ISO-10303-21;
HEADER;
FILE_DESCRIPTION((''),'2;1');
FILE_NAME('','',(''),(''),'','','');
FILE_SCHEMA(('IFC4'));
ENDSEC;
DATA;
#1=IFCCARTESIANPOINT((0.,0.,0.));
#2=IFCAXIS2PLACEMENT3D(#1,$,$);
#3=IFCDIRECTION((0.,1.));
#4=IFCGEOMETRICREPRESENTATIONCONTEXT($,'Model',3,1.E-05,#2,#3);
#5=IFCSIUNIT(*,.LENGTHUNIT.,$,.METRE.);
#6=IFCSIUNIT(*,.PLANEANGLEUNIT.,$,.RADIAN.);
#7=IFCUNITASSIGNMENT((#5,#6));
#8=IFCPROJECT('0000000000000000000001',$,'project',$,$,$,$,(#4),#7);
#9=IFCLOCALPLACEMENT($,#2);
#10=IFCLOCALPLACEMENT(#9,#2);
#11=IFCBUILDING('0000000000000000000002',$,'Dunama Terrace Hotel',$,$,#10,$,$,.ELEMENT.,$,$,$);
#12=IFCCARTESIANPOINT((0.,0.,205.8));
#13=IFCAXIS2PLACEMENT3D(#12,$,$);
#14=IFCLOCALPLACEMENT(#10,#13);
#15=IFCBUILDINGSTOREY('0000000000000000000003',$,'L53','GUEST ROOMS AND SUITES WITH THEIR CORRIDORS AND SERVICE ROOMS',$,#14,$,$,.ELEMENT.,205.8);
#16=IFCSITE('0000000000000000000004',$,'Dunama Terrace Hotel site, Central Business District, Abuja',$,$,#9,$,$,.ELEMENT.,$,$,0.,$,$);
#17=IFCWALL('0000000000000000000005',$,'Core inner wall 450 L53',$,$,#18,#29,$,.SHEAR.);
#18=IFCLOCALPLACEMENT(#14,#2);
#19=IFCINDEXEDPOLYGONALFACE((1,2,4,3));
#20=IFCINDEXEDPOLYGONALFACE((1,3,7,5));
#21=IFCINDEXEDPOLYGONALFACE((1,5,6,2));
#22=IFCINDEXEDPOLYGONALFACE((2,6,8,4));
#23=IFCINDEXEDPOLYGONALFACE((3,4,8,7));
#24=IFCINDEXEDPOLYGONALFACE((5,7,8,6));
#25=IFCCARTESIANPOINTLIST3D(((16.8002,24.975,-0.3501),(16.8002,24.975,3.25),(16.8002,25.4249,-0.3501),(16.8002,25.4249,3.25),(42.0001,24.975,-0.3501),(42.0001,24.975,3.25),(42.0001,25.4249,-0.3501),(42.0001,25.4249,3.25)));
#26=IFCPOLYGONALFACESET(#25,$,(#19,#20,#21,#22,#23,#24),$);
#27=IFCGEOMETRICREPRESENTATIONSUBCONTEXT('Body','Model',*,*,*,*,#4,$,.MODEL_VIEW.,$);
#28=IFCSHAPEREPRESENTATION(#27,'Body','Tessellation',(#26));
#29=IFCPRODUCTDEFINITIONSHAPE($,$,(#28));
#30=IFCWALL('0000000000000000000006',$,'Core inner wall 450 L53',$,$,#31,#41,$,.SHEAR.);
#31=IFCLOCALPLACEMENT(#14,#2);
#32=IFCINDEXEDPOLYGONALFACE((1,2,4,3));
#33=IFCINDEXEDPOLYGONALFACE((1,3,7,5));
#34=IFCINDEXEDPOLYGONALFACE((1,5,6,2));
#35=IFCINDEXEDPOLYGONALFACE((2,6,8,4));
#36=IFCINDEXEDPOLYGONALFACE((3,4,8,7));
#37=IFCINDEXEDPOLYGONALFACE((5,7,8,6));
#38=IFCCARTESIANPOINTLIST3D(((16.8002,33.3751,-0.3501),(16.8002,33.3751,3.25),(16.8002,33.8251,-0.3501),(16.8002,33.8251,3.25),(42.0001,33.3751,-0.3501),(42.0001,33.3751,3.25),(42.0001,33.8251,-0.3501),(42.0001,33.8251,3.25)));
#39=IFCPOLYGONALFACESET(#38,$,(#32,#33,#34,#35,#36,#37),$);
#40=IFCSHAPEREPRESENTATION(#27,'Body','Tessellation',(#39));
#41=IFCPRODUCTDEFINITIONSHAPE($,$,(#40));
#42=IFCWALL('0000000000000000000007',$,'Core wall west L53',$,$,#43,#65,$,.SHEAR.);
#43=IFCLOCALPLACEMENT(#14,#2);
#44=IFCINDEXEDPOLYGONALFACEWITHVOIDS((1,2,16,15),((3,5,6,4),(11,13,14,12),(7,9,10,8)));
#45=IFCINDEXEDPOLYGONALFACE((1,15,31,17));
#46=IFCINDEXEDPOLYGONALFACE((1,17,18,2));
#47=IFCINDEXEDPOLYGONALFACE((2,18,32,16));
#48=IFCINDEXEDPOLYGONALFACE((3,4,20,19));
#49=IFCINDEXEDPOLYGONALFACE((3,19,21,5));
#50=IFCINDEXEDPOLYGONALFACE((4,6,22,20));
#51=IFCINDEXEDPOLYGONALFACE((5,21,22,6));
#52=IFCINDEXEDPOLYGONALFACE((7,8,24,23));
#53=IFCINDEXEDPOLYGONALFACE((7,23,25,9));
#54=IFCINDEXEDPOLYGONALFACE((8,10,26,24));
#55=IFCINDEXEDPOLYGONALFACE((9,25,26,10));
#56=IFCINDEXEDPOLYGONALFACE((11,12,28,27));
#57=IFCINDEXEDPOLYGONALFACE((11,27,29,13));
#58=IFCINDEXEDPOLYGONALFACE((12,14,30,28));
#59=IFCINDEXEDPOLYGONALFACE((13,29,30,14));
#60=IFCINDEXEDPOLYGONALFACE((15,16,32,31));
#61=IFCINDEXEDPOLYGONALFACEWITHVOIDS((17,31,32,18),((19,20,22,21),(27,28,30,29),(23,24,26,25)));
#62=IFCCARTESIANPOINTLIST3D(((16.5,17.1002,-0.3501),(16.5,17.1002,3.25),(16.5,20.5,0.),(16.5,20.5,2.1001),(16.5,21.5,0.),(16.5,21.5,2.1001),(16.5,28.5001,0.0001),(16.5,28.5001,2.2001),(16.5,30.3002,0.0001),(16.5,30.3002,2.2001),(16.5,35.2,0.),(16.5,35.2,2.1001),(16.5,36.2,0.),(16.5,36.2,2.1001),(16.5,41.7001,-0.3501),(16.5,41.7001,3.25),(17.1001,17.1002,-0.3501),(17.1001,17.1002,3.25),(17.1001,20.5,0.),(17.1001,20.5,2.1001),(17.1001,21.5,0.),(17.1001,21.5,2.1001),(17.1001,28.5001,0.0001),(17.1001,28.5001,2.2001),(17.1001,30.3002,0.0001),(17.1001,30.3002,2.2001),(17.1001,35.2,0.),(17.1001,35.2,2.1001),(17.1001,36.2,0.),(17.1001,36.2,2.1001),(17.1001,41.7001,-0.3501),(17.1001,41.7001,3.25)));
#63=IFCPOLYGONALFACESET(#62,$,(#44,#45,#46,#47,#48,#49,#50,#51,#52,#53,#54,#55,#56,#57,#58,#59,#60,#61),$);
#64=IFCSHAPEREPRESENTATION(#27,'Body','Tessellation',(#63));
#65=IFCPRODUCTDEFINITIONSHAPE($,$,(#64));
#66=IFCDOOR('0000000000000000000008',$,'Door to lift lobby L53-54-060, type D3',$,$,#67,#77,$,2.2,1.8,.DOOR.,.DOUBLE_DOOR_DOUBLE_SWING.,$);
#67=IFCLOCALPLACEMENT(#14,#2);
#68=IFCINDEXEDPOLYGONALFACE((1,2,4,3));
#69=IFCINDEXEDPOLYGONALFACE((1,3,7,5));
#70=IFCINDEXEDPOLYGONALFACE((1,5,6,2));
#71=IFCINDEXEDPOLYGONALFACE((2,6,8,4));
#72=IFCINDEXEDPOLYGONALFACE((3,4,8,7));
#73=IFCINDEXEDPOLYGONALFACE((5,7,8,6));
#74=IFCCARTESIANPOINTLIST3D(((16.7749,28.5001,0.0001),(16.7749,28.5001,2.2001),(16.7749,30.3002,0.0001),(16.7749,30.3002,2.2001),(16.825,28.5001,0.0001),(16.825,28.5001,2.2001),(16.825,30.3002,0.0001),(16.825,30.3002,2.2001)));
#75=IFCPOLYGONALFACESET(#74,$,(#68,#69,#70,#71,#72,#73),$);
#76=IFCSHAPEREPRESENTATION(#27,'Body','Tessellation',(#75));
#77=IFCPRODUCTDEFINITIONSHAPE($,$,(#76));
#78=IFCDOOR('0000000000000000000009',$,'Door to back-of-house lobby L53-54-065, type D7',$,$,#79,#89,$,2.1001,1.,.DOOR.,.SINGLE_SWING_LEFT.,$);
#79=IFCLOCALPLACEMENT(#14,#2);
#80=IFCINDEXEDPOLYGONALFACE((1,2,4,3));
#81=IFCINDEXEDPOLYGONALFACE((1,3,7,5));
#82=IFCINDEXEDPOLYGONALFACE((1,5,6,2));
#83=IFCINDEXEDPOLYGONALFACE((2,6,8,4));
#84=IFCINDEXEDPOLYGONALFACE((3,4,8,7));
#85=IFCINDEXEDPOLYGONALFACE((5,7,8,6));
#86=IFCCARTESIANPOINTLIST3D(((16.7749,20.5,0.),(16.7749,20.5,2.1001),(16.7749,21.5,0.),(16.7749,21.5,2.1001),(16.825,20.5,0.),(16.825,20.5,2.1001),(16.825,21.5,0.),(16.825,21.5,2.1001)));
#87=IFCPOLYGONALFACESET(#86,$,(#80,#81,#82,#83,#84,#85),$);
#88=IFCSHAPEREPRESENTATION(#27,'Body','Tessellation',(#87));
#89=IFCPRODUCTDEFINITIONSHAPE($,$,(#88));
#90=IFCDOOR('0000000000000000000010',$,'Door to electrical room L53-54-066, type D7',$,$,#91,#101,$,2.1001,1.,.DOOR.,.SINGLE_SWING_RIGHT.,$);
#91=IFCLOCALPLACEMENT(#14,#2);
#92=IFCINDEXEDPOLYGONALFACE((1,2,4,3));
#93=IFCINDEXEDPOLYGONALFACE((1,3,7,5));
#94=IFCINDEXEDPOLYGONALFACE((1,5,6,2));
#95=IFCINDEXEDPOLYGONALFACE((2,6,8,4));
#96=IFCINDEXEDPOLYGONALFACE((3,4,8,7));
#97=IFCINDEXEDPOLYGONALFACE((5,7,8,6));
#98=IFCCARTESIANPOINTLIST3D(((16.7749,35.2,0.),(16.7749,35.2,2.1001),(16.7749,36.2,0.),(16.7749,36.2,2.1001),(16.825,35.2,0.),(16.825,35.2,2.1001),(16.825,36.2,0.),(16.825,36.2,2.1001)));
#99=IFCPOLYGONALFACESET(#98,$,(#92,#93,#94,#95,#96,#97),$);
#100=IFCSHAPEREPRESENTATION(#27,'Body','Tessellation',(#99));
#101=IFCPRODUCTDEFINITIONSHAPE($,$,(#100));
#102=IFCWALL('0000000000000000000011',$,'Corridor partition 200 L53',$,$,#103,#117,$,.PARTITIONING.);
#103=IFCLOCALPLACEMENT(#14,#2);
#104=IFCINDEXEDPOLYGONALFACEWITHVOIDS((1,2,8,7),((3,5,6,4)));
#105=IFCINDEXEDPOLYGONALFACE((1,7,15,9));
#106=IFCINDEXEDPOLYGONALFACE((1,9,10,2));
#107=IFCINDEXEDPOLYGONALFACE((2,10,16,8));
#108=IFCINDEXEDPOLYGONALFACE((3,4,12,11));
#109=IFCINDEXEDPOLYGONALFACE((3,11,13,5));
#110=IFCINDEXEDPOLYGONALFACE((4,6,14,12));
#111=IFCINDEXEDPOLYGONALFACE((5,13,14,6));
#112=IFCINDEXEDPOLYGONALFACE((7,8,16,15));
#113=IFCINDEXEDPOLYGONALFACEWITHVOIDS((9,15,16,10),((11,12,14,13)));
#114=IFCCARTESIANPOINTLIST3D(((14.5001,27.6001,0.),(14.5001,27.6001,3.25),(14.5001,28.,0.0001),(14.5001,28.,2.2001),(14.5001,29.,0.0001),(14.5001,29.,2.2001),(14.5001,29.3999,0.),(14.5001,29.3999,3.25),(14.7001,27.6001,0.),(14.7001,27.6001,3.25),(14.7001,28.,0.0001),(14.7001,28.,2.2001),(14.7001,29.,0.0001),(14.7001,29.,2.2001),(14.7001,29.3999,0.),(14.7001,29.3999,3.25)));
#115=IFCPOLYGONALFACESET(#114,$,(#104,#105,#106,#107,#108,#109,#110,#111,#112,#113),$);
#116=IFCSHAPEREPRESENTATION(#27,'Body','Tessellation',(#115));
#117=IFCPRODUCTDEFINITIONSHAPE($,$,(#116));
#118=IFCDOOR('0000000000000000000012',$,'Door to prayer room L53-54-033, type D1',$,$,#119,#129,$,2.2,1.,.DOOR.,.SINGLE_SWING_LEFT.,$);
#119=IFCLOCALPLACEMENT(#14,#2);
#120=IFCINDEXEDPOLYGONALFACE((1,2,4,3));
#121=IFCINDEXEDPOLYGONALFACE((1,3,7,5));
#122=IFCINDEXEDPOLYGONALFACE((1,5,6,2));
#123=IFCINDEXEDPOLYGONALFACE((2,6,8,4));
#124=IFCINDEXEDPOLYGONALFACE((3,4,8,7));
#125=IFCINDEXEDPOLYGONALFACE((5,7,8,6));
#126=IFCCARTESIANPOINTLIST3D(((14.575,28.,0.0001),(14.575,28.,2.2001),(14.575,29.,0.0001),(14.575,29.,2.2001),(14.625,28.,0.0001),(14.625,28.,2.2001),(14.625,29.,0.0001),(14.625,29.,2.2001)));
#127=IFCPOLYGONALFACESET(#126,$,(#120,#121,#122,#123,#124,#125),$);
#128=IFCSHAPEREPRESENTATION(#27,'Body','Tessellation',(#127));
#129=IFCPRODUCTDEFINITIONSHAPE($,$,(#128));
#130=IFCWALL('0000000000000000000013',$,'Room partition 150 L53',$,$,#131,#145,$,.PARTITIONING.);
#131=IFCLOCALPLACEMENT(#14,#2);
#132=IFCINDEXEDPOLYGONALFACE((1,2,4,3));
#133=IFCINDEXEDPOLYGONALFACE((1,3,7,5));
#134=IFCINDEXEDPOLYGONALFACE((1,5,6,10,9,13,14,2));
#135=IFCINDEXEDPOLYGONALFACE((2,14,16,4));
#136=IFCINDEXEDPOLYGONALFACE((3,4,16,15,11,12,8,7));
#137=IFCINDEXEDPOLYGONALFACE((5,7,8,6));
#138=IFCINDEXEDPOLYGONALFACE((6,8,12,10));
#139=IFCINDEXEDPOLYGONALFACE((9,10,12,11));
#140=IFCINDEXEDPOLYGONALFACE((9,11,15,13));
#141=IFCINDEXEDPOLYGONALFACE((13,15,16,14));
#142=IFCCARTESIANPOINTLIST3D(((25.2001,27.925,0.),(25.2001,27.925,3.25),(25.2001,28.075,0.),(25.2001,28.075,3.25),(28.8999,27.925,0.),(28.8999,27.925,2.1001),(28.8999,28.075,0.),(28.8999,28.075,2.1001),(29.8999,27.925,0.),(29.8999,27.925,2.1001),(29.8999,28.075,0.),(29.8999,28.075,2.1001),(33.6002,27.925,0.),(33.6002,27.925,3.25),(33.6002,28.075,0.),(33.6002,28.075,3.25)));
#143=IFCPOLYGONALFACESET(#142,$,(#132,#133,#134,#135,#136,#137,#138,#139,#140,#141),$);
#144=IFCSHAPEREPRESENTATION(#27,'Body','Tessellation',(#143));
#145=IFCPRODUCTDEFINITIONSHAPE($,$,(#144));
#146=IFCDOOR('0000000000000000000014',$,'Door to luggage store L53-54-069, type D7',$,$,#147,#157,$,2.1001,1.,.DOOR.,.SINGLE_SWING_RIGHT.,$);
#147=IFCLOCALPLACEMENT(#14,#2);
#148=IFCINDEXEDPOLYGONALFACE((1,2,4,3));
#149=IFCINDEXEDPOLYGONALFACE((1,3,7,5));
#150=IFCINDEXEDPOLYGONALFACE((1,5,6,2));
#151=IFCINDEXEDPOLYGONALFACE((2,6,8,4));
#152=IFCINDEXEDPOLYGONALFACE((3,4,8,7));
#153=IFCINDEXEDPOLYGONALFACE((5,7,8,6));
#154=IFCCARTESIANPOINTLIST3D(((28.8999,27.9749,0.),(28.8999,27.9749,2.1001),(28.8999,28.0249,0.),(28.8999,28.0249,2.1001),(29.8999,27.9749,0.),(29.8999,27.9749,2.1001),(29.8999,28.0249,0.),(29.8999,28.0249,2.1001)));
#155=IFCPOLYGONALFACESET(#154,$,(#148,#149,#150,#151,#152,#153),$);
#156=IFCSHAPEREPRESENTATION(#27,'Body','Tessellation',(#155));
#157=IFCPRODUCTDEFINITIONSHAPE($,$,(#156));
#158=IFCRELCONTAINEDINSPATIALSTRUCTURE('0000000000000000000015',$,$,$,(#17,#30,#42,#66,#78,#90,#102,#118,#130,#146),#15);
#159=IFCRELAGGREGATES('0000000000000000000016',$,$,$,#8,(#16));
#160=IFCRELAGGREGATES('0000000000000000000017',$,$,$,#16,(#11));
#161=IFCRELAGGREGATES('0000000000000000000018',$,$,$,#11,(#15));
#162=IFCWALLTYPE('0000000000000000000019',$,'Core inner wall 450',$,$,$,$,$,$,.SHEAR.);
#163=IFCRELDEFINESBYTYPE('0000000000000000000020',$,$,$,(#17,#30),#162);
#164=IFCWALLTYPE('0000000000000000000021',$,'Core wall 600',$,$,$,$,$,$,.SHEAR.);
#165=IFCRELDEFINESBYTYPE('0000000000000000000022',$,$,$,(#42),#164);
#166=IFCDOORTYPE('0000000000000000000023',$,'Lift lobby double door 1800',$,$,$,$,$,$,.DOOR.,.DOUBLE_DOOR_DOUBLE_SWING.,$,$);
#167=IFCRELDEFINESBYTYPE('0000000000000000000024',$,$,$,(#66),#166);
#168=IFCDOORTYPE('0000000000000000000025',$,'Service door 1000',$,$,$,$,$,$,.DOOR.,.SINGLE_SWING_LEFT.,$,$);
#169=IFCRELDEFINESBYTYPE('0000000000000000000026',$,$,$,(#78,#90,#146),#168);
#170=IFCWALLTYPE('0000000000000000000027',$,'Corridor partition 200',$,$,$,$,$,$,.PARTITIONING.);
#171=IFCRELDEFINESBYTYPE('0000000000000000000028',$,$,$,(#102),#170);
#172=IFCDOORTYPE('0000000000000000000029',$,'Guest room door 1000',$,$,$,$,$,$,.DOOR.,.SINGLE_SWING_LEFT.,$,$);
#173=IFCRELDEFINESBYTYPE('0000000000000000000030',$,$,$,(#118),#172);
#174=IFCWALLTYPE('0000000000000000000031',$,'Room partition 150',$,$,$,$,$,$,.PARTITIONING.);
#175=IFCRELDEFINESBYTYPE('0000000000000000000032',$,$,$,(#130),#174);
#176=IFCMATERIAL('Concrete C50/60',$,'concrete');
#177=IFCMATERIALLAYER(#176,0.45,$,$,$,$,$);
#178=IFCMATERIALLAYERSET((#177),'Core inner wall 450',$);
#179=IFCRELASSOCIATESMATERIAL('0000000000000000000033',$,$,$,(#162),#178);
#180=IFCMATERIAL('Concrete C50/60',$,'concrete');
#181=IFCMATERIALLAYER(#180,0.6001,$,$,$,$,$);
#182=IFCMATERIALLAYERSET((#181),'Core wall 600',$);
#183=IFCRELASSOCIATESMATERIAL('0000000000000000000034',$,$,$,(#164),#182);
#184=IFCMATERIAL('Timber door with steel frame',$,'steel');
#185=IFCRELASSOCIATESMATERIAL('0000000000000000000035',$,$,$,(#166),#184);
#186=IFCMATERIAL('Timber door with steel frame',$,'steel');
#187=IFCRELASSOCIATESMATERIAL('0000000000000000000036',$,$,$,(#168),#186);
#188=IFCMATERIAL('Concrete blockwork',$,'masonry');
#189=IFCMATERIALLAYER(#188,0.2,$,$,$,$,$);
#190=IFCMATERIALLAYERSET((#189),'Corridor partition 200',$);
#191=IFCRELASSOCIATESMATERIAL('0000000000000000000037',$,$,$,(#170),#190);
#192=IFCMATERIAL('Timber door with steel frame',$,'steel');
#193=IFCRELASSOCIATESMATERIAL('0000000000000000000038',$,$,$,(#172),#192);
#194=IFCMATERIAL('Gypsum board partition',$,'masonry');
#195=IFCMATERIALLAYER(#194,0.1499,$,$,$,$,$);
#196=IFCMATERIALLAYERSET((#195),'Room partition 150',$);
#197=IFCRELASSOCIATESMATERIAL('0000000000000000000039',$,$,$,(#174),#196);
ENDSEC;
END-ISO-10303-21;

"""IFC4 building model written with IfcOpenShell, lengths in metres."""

from ifc_helpers import new_model, si_unit, direction, frame, frame_2d, origin, place, context, subcontext, project, spatial, rectangle, extrude, material, layer, layer_set, type_object, element, fill, save


model = new_model("IFC4")

# Units and contexts
model_context = context("Model", 3, precision=1e-05, world=origin(), true_north=direction((0.0, 1.0)))
body_context = subcontext(model_context, "Body", "Model", "MODEL_VIEW")
ifc_project = project(units=[si_unit("LENGTHUNIT", "METRE"), si_unit("PLANEANGLEUNIT", "RADIAN")], contexts=[model_context])

# Site, building, storey
site_placement = place(None, origin())
site = spatial("IfcSite", under=ifc_project, at=site_placement, Name="Dunama Terrace Hotel site, Central Business District, Abuja", CompositionType="ELEMENT", RefElevation=0.0)
building_placement = place(site_placement, origin())
building = spatial("IfcBuilding", under=site, at=building_placement, Name="Dunama Terrace Hotel", CompositionType="ELEMENT")
storey_placement = place(building_placement, frame((0.0, 0.0, 205.8)))
storey = spatial("IfcBuildingStorey", under=building, at=storey_placement, Name="L53", Description="GUEST ROOMS AND SUITES WITH THEIR CORRIDORS AND SERVICE ROOMS", CompositionType="ELEMENT", Elevation=205.8)

# Walls
ifc_material_1 = material(Name="Concrete C50/60", Category="concrete")
ifc_layer_1 = layer(ifc_material_1, 0.45)
ifc_layer_set_1 = layer_set([ifc_layer_1], Name="Core inner wall 450")
wall_type_1 = type_object("IfcWallType", Name="Core inner wall 450", PredefinedType="SHEAR", material=ifc_layer_set_1)
for number, where, z_axis, x_axis, name in (
    (1, (16.8, 25.2, -0.3501), (0.0, 0.0, 1.0), (1.0, 0.0, 0.0), "Core inner wall 450 L53"),
    (2, (16.8, 33.6001, -0.3501), (0.0, 0.0, 1.0), (1.0, 0.0, 0.0), "Core inner wall 450 L53"),
):
    element("IfcWall", number, at=place(storey_placement, frame(where, z_axis=z_axis, x_axis=x_axis)), inside=storey, type_object=wall_type_1, Name=name, PredefinedType="SHEAR", context=body_context, shape_type="SweptSolid", body=[
        extrude(rectangle(XDim=25.2, YDim=0.45, at=frame_2d((12.6001, 0.0))), origin(), (0.0, 0.0, 1.0), 3.6001),
    ])

# Wall, openings, doors
ifc_material_2 = material(Name="Concrete C50/60", Category="concrete")
ifc_layer_2 = layer(ifc_material_2, 0.6001)
ifc_layer_set_2 = layer_set([ifc_layer_2], Name="Core wall 600")
wall_type_2 = type_object("IfcWallType", Name="Core wall 600", PredefinedType="SHEAR", material=ifc_layer_set_2)
wall_1_placement = place(storey_placement, frame((16.8, 41.7, -0.3501), z_axis=(0.0, 0.0, 1.0), x_axis=(0.0, -1.0, 0.0)))
wall_1 = element("IfcWall", 3, at=wall_1_placement, inside=storey, type_object=wall_type_2, Name="Core wall west L53", PredefinedType="SHEAR", context=body_context, shape_type="SweptSolid", body=[
    extrude(rectangle(XDim=24.5999, YDim=0.6001, at=frame_2d((12.2998, 0.0))), origin(), (0.0, 0.0, 1.0), 3.6001),
])
opening_1_placement = place(wall_1_placement, frame((11.3999, 0.0, 0.3501)))
opening_1 = element("IfcOpeningElement", 4, at=opening_1_placement, cuts=wall_1, PredefinedType="OPENING", context=body_context, shape_type="SweptSolid", body=[
    extrude(rectangle(XDim=1.8, YDim=2.2, at=frame_2d((0.8999, 1.1001))), frame((0.0, 0.3101, 0.0), z_axis=(0.0, -1.0, 0.0), x_axis=(1.0, 0.0, 0.0)), (0.0, 0.0, 1.0), 0.6201),
])
opening_2_placement = place(wall_1_placement, frame((20.2, 0.0, 0.3501)))
opening_2 = element("IfcOpeningElement", 5, at=opening_2_placement, cuts=wall_1, PredefinedType="OPENING", context=body_context, shape_type="SweptSolid", body=[
    extrude(rectangle(XDim=1.0, YDim=2.1001, at=frame_2d((0.5, 1.05))), frame((0.0, 0.3101, 0.0), z_axis=(0.0, -1.0, 0.0), x_axis=(1.0, 0.0, 0.0)), (0.0, 0.0, 1.0), 0.6201),
])
opening_3_placement = place(wall_1_placement, frame((5.5, 0.0, 0.3501)))
opening_3 = element("IfcOpeningElement", 6, at=opening_3_placement, cuts=wall_1, PredefinedType="OPENING", context=body_context, shape_type="SweptSolid", body=[
    extrude(rectangle(XDim=1.0, YDim=2.1001, at=frame_2d((0.5, 1.05))), frame((0.0, 0.3101, 0.0), z_axis=(0.0, -1.0, 0.0), x_axis=(1.0, 0.0, 0.0)), (0.0, 0.0, 1.0), 0.6201),
])
ifc_material_3 = material(Name="Timber door with steel frame", Category="steel")
door_type_1 = type_object("IfcDoorType", Name="Lift lobby double door 1800", OperationType="DOUBLE_DOOR_DOUBLE_SWING", PredefinedType="DOOR", material=ifc_material_3)
door_1_placement = place(opening_1_placement, origin())
door_1 = element("IfcDoor", 7, at=door_1_placement, inside=storey, type_object=door_type_1, Name="Door to lift lobby L53-54-060, type D3", OperationType="DOUBLE_DOOR_DOUBLE_SWING", OverallHeight=2.2, OverallWidth=1.8, PredefinedType="DOOR", context=body_context, shape_type="SweptSolid", body=[
    extrude(rectangle(XDim=1.8, YDim=2.2, at=frame_2d((0.8999, 1.1001))), frame((0.0, 0.0249, 0.0), z_axis=(0.0, -1.0, 0.0), x_axis=(1.0, 0.0, 0.0)), (0.0, 0.0, 1.0), 0.05),
])
fill(opening_1, door_1)
ifc_material_4 = material(Name="Timber door with steel frame", Category="steel")
door_type_2 = type_object("IfcDoorType", Name="Service door 1000", OperationType="SINGLE_SWING_LEFT", PredefinedType="DOOR", material=ifc_material_4)
door_2_placement = place(opening_2_placement, origin())
door_2 = element("IfcDoor", 8, at=door_2_placement, inside=storey, type_object=door_type_2, Name="Door to back-of-house lobby L53-54-065, type D7", OperationType="SINGLE_SWING_LEFT", OverallHeight=2.1001, OverallWidth=1.0, PredefinedType="DOOR", context=body_context, shape_type="SweptSolid", body=[
    extrude(rectangle(XDim=1.0, YDim=2.1001, at=frame_2d((0.5, 1.05))), frame((0.0, 0.0249, 0.0), z_axis=(0.0, -1.0, 0.0), x_axis=(1.0, 0.0, 0.0)), (0.0, 0.0, 1.0), 0.05),
])
fill(opening_2, door_2)
door_3_placement = place(opening_3_placement, origin())
door_3 = element("IfcDoor", 9, at=door_3_placement, inside=storey, type_object=door_type_2, Name="Door to electrical room L53-54-066, type D7", OperationType="SINGLE_SWING_RIGHT", OverallHeight=2.1001, OverallWidth=1.0, PredefinedType="DOOR", context=body_context, shape_type="SweptSolid", body=[
    extrude(rectangle(XDim=1.0, YDim=2.1001, at=frame_2d((0.5, 1.05))), frame((0.0, 0.0249, 0.0), z_axis=(0.0, -1.0, 0.0), x_axis=(1.0, 0.0, 0.0)), (0.0, 0.0, 1.0), 0.05),
])
fill(opening_3, door_3)

# Walls, openings, doors
ifc_material_5 = material(Name="Concrete blockwork", Category="masonry")
ifc_layer_3 = layer(ifc_material_5, 0.2)
ifc_layer_set_3 = layer_set([ifc_layer_3], Name="Corridor partition 200")
wall_type_3 = type_object("IfcWallType", Name="Corridor partition 200", PredefinedType="PARTITIONING", material=ifc_layer_set_3)
wall_2_placement = place(storey_placement, frame((14.6001, 29.3999, 0.0), z_axis=(0.0, 0.0, 1.0), x_axis=(0.0, -1.0, 0.0)))
wall_2 = element("IfcWall", 10, at=wall_2_placement, inside=storey, type_object=wall_type_3, Name="Corridor partition 200 L53", PredefinedType="PARTITIONING", context=body_context, shape_type="SweptSolid", body=[
    extrude(rectangle(XDim=1.7998, YDim=0.2, at=frame_2d((0.8999, 0.0))), origin(), (0.0, 0.0, 1.0), 3.25),
])
opening_4_placement = place(wall_2_placement, frame((0.3999, 0.0, 0.0)))
opening_4 = element("IfcOpeningElement", 11, at=opening_4_placement, cuts=wall_2, PredefinedType="OPENING", context=body_context, shape_type="SweptSolid", body=[
    extrude(rectangle(XDim=1.0, YDim=2.2, at=frame_2d((0.5, 1.1001))), frame((0.0, 0.1099, 0.0), z_axis=(0.0, -1.0, 0.0), x_axis=(1.0, 0.0, 0.0)), (0.0, 0.0, 1.0), 0.22),
])
ifc_material_6 = material(Name="Timber door with steel frame", Category="steel")
door_type_3 = type_object("IfcDoorType", Name="Guest room door 1000", OperationType="SINGLE_SWING_LEFT", PredefinedType="DOOR", material=ifc_material_6)
door_4_placement = place(opening_4_placement, origin())
door_4 = element("IfcDoor", 12, at=door_4_placement, inside=storey, type_object=door_type_3, Name="Door to prayer room L53-54-033, type D1", OperationType="SINGLE_SWING_LEFT", OverallHeight=2.2, OverallWidth=1.0, PredefinedType="DOOR", context=body_context, shape_type="SweptSolid", body=[
    extrude(rectangle(XDim=1.0, YDim=2.2, at=frame_2d((0.5, 1.1001))), frame((0.0, 0.0249, 0.0), z_axis=(0.0, -1.0, 0.0), x_axis=(1.0, 0.0, 0.0)), (0.0, 0.0, 1.0), 0.05),
])
fill(opening_4, door_4)
ifc_material_7 = material(Name="Gypsum board partition", Category="masonry")
ifc_layer_4 = layer(ifc_material_7, 0.1499)
ifc_layer_set_4 = layer_set([ifc_layer_4], Name="Room partition 150")
wall_type_4 = type_object("IfcWallType", Name="Room partition 150", PredefinedType="PARTITIONING", material=ifc_layer_set_4)
wall_3_placement = place(storey_placement, frame((25.2, 28.0, 0.0), z_axis=(0.0, 0.0, 1.0), x_axis=(1.0, 0.0, 0.0)))
wall_3 = element("IfcWall", 13, at=wall_3_placement, inside=storey, type_object=wall_type_4, Name="Room partition 150 L53", PredefinedType="PARTITIONING", context=body_context, shape_type="SweptSolid", body=[
    extrude(rectangle(XDim=8.4001, YDim=0.1499, at=frame_2d((4.2002, 0.0))), origin(), (0.0, 0.0, 1.0), 3.25),
])
opening_5_placement = place(wall_3_placement, frame((3.7, 0.0, 0.0)))
opening_5 = element("IfcOpeningElement", 14, at=opening_5_placement, cuts=wall_3, PredefinedType="OPENING", context=body_context, shape_type="SweptSolid", body=[
    extrude(rectangle(XDim=1.0, YDim=2.1001, at=frame_2d((0.5, 1.05))), frame((0.0, 0.085, 0.0), z_axis=(0.0, -1.0, 0.0), x_axis=(1.0, 0.0, 0.0)), (0.0, 0.0, 1.0), 0.1699),
])
door_5_placement = place(opening_5_placement, frame((1.0, 0.0, 0.0), z_axis=(0.0, 0.0, 1.0), x_axis=(-1.0, 0.0, 0.0)))
door_5 = element("IfcDoor", 15, at=door_5_placement, inside=storey, type_object=door_type_2, Name="Door to luggage store L53-54-069, type D7", OperationType="SINGLE_SWING_RIGHT", OverallHeight=2.1001, OverallWidth=1.0, PredefinedType="DOOR", context=body_context, shape_type="SweptSolid", body=[
    extrude(rectangle(XDim=1.0, YDim=2.1001, at=frame_2d((0.5, 1.05))), frame((0.0, 0.0251, 0.0), z_axis=(0.0, -1.0, 0.0), x_axis=(1.0, 0.0, 0.0)), (0.0, 0.0, 1.0), 0.05),
])
fill(opening_5, door_5)

save(model, "model.ifc")
